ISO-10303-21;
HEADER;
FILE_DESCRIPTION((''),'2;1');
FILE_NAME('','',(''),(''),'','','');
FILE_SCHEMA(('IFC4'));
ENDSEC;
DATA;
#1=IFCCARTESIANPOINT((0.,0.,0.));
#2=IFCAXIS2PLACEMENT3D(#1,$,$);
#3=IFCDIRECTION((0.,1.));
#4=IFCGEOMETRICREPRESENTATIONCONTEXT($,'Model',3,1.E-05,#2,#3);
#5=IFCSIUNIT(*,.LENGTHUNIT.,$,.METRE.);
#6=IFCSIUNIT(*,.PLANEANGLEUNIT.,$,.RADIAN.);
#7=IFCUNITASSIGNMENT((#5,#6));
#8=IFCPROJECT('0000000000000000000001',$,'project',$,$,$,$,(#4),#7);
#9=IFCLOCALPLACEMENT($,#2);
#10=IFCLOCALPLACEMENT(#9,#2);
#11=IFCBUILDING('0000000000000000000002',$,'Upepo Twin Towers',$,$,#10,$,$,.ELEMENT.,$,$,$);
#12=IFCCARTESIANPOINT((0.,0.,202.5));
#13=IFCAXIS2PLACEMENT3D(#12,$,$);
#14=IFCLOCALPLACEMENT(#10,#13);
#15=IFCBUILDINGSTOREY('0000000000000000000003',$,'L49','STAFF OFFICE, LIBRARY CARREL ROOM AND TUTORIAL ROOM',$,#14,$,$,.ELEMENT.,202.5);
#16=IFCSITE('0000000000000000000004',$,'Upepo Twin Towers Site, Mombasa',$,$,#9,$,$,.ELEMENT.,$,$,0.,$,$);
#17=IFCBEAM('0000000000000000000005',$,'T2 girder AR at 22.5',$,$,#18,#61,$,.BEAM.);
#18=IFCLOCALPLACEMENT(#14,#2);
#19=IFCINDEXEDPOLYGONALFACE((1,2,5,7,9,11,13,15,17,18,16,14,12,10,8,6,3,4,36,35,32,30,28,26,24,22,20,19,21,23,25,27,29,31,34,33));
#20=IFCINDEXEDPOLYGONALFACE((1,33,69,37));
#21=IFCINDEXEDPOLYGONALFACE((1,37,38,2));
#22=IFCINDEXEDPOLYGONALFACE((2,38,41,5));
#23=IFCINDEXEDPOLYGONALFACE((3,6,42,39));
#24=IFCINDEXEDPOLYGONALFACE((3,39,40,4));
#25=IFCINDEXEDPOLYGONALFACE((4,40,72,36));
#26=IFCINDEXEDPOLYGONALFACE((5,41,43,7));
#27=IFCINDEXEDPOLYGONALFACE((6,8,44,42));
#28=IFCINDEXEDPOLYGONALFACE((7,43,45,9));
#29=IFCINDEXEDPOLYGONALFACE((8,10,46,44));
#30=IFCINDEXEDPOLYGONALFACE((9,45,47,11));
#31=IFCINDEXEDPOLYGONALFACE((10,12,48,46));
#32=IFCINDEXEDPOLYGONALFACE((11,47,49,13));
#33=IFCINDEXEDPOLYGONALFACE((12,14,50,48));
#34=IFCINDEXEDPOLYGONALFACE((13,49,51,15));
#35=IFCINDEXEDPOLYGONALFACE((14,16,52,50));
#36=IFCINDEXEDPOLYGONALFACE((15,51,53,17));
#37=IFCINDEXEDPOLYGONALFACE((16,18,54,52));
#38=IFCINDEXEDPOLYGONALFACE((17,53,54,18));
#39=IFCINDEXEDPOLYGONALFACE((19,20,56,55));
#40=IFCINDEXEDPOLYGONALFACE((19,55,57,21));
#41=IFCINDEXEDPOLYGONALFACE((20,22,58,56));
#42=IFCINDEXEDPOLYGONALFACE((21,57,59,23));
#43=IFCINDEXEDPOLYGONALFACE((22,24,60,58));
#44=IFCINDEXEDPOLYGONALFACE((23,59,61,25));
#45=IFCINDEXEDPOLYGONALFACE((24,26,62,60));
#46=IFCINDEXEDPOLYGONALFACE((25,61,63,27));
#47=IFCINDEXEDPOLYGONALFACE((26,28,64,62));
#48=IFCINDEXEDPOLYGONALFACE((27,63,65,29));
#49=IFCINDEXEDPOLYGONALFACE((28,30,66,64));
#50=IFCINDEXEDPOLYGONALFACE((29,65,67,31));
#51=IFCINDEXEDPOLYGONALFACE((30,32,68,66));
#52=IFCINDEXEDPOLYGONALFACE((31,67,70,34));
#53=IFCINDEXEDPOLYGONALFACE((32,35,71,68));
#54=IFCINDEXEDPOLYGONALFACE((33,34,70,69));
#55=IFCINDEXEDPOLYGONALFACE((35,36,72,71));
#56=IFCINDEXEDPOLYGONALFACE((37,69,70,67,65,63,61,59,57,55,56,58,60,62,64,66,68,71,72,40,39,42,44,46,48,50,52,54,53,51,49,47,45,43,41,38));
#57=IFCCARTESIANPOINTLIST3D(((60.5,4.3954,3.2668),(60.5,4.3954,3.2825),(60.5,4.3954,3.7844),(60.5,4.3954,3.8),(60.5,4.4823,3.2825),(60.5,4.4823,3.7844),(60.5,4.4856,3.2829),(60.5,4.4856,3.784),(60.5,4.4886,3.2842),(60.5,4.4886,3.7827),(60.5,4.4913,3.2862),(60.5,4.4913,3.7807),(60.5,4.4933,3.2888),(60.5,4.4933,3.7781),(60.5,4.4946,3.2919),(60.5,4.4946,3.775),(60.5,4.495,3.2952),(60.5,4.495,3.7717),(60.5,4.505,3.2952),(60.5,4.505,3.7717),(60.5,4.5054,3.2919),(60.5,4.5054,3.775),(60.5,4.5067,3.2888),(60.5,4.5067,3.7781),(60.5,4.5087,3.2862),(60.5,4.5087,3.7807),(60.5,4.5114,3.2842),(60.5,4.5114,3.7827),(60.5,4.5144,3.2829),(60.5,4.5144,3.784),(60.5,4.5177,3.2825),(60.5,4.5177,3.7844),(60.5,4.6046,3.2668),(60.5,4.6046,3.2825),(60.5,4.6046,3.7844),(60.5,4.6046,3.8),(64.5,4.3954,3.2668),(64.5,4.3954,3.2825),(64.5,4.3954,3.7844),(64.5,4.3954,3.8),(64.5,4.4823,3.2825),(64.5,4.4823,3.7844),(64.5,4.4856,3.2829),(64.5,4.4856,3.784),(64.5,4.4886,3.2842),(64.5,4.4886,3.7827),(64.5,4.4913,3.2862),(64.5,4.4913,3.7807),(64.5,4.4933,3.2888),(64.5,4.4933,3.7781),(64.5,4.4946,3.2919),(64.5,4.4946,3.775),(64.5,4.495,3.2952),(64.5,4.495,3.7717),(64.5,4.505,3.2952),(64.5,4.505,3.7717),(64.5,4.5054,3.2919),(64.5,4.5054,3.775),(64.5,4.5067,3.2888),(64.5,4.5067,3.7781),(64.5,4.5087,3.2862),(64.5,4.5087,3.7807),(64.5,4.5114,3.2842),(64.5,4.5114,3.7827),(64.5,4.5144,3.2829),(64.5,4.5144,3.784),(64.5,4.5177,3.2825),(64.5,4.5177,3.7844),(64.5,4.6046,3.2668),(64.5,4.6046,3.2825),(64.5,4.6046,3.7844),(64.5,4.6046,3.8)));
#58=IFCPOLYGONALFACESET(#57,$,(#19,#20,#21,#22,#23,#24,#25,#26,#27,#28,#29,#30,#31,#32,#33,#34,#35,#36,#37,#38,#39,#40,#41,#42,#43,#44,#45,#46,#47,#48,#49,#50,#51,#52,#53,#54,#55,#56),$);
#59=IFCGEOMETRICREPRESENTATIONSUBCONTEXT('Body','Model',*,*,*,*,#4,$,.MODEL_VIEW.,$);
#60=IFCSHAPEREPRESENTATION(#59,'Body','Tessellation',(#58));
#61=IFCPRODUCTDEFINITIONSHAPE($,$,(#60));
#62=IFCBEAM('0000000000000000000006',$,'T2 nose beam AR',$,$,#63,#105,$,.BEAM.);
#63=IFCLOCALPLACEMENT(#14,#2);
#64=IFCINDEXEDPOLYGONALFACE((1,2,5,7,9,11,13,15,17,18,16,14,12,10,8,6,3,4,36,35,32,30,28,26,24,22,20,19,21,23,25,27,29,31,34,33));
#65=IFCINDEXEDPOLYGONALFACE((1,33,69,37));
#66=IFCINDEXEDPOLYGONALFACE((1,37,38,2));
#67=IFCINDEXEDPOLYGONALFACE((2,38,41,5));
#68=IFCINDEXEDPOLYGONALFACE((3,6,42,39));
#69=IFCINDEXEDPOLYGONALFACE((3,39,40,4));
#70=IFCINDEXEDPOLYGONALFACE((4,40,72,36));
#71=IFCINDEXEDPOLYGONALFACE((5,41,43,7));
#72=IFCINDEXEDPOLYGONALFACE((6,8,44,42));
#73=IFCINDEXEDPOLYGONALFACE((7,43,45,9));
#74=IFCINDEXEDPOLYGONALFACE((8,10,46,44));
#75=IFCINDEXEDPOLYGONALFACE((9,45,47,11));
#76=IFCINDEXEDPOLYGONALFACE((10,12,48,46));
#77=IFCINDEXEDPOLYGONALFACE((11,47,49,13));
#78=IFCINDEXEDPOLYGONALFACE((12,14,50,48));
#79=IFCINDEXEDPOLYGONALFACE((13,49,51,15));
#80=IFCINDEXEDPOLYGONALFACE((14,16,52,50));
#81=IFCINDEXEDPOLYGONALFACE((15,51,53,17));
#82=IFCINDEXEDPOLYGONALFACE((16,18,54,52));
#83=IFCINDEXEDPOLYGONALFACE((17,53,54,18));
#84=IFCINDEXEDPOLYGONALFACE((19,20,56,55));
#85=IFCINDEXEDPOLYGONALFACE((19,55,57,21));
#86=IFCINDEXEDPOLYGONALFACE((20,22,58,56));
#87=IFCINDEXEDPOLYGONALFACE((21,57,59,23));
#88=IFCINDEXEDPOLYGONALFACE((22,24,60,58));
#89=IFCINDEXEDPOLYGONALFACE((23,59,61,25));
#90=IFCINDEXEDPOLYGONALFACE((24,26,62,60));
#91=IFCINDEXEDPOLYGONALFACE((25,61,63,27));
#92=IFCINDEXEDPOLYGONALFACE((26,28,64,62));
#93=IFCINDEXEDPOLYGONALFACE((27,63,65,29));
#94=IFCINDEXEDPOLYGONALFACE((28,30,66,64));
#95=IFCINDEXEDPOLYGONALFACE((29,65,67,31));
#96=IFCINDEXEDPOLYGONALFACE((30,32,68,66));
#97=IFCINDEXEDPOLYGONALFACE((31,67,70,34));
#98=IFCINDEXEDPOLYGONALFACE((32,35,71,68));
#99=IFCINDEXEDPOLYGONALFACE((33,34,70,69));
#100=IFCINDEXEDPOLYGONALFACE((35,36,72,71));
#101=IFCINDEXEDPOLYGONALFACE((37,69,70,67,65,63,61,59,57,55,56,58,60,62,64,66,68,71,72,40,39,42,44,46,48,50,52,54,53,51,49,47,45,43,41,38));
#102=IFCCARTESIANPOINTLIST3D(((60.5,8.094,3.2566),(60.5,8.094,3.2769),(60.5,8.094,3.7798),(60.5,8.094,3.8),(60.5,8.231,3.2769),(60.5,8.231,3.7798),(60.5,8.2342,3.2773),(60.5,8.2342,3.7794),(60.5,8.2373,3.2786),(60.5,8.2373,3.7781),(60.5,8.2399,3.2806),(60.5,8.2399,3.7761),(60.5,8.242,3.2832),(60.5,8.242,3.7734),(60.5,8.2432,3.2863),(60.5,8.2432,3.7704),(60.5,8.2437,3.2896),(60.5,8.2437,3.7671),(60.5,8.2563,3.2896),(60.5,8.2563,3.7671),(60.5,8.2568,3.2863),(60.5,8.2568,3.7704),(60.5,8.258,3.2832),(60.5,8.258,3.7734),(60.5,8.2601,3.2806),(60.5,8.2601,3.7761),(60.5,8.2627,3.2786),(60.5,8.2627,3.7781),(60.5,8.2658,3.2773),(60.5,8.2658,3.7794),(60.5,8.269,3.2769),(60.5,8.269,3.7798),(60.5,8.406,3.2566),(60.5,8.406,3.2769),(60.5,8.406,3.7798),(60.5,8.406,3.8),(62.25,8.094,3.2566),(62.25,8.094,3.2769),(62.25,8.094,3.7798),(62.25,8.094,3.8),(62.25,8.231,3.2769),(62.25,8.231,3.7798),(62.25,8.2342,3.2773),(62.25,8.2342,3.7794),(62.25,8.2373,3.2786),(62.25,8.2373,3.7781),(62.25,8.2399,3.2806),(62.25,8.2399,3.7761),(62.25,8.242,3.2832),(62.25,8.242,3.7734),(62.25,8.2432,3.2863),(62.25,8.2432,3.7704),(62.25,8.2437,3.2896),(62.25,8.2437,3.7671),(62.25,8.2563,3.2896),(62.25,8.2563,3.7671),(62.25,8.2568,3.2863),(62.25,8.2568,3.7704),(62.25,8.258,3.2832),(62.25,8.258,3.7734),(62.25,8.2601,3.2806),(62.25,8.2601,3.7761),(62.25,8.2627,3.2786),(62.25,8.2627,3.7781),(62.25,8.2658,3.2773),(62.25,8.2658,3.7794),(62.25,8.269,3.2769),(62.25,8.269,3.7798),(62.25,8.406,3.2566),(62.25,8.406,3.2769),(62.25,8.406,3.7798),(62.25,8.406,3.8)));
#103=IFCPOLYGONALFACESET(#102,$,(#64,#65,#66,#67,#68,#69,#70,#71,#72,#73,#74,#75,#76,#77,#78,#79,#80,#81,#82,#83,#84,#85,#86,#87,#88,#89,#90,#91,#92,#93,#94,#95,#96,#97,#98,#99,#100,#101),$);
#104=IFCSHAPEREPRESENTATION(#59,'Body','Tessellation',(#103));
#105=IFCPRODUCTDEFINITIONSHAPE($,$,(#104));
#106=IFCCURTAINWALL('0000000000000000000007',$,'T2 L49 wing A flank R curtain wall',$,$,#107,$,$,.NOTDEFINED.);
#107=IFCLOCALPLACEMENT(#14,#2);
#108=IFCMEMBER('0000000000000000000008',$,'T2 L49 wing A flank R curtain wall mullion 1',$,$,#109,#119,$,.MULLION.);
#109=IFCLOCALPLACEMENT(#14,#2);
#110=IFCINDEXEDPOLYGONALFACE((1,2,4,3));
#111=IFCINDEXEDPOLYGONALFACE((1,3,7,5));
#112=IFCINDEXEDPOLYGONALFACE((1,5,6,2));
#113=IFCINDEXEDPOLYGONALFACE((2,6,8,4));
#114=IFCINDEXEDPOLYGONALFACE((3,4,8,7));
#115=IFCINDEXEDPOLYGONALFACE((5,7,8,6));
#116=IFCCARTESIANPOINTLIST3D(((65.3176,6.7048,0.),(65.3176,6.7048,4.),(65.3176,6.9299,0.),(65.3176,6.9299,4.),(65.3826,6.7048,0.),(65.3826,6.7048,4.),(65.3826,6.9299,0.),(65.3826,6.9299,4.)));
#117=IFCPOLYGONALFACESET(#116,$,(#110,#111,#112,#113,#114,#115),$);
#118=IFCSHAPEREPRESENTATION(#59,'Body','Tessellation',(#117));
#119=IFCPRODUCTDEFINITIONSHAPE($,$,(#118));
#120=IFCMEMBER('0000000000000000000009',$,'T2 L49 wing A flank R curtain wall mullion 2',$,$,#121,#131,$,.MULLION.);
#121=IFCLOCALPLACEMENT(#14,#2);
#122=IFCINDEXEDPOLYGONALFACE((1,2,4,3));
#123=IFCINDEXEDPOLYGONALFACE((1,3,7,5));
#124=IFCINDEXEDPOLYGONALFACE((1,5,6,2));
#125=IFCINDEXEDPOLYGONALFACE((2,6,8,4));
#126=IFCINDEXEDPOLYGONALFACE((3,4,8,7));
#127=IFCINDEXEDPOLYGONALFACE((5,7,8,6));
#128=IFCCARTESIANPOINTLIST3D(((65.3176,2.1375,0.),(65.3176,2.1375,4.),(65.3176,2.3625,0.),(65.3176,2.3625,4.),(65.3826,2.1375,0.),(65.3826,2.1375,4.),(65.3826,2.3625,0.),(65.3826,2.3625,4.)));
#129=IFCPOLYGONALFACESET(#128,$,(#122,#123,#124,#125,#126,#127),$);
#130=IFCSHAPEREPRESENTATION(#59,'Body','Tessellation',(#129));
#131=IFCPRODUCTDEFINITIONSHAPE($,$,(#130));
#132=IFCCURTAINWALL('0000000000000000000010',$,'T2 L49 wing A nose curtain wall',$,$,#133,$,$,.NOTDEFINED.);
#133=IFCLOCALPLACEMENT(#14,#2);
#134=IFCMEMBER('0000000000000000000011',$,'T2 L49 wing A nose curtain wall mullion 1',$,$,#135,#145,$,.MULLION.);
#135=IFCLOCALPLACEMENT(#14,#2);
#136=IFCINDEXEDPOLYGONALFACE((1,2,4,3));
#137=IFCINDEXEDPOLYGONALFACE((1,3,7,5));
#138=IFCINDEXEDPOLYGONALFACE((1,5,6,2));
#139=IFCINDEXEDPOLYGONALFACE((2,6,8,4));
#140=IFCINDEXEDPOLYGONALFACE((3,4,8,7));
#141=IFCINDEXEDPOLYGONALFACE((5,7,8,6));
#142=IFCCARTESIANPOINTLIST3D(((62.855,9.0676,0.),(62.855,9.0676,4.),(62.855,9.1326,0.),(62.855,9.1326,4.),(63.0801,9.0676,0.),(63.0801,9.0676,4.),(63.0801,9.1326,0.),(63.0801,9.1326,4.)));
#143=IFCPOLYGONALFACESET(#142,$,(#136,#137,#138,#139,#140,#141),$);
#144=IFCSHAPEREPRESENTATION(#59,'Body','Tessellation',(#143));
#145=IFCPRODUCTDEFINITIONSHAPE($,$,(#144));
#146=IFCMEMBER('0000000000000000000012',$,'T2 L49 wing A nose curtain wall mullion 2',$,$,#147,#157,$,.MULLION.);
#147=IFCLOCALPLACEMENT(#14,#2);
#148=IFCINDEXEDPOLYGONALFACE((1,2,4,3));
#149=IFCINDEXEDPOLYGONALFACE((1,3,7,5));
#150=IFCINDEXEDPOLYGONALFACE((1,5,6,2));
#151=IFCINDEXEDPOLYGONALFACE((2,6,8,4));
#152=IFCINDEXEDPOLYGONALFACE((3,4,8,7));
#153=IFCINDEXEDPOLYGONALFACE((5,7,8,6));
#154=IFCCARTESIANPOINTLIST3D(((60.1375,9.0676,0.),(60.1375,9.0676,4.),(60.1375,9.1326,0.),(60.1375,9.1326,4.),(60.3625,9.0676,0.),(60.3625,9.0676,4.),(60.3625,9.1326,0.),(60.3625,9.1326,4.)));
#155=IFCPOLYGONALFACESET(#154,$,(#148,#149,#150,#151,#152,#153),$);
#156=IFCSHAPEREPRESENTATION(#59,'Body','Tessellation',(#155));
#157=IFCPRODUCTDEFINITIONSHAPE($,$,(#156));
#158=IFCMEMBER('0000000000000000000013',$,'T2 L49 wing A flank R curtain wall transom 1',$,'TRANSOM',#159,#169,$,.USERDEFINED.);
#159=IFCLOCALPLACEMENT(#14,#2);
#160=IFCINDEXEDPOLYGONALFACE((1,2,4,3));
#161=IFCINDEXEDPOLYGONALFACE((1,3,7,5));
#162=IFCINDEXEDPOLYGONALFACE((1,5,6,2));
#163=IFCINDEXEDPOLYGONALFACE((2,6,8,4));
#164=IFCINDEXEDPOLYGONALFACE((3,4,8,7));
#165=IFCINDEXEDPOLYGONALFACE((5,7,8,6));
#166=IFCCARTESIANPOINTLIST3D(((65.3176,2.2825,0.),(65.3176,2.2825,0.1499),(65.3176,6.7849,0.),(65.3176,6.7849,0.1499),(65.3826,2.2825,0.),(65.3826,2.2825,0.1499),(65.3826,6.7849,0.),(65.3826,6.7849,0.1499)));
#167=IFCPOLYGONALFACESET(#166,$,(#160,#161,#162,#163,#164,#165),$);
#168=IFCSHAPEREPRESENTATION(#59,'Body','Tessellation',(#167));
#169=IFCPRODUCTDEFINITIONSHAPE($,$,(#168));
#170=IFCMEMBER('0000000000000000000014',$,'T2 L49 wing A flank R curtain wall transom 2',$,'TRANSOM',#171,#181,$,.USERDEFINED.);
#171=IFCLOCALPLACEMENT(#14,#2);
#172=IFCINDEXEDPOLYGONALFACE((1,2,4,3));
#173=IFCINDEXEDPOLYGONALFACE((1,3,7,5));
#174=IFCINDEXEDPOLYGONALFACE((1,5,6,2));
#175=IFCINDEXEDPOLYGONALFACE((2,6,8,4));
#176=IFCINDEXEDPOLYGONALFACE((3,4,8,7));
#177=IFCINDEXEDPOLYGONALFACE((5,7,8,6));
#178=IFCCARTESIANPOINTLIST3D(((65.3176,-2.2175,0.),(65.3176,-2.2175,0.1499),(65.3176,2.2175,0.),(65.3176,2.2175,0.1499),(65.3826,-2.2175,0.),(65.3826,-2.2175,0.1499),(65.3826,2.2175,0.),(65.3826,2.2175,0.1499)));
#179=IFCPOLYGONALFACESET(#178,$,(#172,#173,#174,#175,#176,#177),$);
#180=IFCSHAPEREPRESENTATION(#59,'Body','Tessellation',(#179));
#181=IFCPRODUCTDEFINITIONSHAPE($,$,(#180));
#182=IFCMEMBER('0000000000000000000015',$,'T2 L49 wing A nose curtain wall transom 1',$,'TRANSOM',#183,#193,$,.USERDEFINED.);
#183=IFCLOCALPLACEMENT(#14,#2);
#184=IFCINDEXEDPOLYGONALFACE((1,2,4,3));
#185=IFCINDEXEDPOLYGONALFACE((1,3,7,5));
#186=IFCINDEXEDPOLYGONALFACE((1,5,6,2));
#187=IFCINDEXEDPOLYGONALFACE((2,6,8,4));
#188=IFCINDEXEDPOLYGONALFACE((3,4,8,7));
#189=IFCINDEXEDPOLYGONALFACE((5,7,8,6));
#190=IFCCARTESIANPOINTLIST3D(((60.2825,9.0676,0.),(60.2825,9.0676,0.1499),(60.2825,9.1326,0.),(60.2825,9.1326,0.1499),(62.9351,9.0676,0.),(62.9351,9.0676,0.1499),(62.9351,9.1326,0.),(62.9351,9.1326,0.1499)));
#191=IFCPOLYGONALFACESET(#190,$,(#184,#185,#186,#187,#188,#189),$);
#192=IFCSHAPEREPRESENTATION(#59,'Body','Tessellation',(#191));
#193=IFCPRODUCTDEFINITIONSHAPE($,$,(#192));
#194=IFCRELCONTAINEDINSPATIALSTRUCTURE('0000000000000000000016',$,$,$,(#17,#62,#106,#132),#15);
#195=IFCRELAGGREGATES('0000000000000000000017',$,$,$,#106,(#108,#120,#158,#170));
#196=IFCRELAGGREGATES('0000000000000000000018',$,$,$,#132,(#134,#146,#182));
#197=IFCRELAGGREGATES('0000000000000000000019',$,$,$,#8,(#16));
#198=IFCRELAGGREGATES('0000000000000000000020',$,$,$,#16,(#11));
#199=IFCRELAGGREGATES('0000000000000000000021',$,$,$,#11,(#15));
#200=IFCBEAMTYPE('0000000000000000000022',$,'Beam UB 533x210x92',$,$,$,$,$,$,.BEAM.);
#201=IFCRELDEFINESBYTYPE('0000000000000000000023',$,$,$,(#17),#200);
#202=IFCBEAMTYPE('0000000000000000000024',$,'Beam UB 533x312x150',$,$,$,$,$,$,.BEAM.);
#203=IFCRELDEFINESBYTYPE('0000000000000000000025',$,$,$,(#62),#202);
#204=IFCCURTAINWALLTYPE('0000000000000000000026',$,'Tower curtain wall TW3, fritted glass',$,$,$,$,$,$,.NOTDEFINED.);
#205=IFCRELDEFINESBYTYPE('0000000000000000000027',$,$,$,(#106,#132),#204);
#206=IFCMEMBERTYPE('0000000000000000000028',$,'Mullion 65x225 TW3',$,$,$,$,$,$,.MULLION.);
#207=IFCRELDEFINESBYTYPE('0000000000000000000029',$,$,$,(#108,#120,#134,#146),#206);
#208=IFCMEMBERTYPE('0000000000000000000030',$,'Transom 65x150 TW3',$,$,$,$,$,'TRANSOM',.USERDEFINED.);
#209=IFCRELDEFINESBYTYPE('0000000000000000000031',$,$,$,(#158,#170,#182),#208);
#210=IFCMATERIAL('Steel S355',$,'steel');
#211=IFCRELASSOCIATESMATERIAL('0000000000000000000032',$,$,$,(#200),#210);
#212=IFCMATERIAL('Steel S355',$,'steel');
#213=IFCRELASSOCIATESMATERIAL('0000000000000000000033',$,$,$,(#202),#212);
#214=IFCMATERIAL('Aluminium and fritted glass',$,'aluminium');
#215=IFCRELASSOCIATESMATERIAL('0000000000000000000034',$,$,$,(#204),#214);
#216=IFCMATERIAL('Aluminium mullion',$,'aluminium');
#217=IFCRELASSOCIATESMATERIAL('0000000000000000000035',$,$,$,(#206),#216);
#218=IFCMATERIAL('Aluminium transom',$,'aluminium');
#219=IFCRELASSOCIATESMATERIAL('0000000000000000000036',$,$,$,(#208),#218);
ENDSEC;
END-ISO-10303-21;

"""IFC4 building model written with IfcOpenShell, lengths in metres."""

from ifc_helpers import new_model, si_unit, direction, frame, origin, origin_2d, place, context, subcontext, project, spatial, rectangle, i_section, extrude, material, material_profile, profile_set, type_object, element, aggregate, save


model = new_model("IFC4")

# Units and contexts
model_context = context("Model", 3, precision=1e-05, world=origin(), true_north=direction((0.0, 1.0)))
body_context = subcontext(model_context, "Body", "Model", "MODEL_VIEW")
ifc_project = project(units=[si_unit("LENGTHUNIT", "METRE"), si_unit("PLANEANGLEUNIT", "RADIAN")], contexts=[model_context])

# Site, building, storey
site_placement = place(None, origin())
site = spatial("IfcSite", under=ifc_project, at=site_placement, Name="Upepo Twin Towers Site, Mombasa", CompositionType="ELEMENT", RefElevation=0.0)
building_placement = place(site_placement, origin())
building = spatial("IfcBuilding", under=site, at=building_placement, Name="Upepo Twin Towers", CompositionType="ELEMENT")
storey_placement = place(building_placement, frame((0.0, 0.0, 202.5)))
storey = spatial("IfcBuildingStorey", under=building, at=storey_placement, Name="L49", Description="STAFF OFFICE, LIBRARY CARREL ROOM AND TUTORIAL ROOM", CompositionType="ELEMENT", Elevation=202.5)

# Beams
ifc_material_1 = material(Name="Steel S355", Category="steel")
ifc_material_profile_1 = material_profile(ifc_material_1, i_section(OverallWidth=0.2092, OverallDepth=0.5332, WebThickness=0.01, FlangeThickness=0.0156, FilletRadius=0.0127, at=origin_2d()), Name="UB 533x210x92")
ifc_profile_set_1 = profile_set([ifc_material_profile_1], Name="Steel S355")
beam_type_1 = type_object("IfcBeamType", Name="Beam UB 533x210x92", PredefinedType="BEAM", material=ifc_profile_set_1)
for number, where, z_axis, x_axis, name in (
    (1, (64.5, 4.5, 3.5334), (-1.0, 0.0, 0.0), (0.0, -1.0, 0.0), "T2 girder AR at 22.5"),
):
    element("IfcBeam", number, at=place(storey_placement, frame(where, z_axis=z_axis, x_axis=x_axis)), inside=storey, type_object=beam_type_1, Name=name, PredefinedType="BEAM", context=body_context, shape_type="SweptSolid", body=[
        extrude(i_section(OverallWidth=0.2092, OverallDepth=0.5332, WebThickness=0.01, FlangeThickness=0.0156, FilletRadius=0.0127, at=origin_2d()), origin(), (0.0, 0.0, 1.0), 4.0),
    ])
ifc_material_2 = material(Name="Steel S355", Category="steel")
ifc_material_profile_2 = material_profile(ifc_material_2, i_section(OverallWidth=0.312, OverallDepth=0.5435, WebThickness=0.0127, FlangeThickness=0.0203, FilletRadius=0.0127, at=origin_2d()), Name="UB 533x312x150")
ifc_profile_set_2 = profile_set([ifc_material_profile_2], Name="Steel S355")
beam_type_2 = type_object("IfcBeamType", Name="Beam UB 533x312x150", PredefinedType="BEAM", material=ifc_profile_set_2)
beam_1_placement = place(storey_placement, frame((62.25, 8.25, 3.5283), z_axis=(-1.0, 0.0, 0.0), x_axis=(0.0, -1.0, 0.0)))
element("IfcBeam", 2, at=beam_1_placement, inside=storey, type_object=beam_type_2, Name="T2 nose beam AR", PredefinedType="BEAM", context=body_context, shape_type="SweptSolid", body=[
    extrude(i_section(OverallWidth=0.312, OverallDepth=0.5435, WebThickness=0.0127, FlangeThickness=0.0203, FilletRadius=0.0127, at=origin_2d()), origin(), (0.0, 0.0, 1.0), 1.75),
])

# Curtain walls, members
ifc_material_3 = material(Name="Aluminium and fritted glass", Category="aluminium")
curtain_wall_type = type_object("IfcCurtainWallType", Name="Tower curtain wall TW3, fritted glass", PredefinedType="NOTDEFINED", material=ifc_material_3)
curtain_wall_1_placement = place(storey_placement, origin())
curtain_wall_1 = element("IfcCurtainWall", 3, at=curtain_wall_1_placement, inside=storey, type_object=curtain_wall_type, Name="T2 L49 wing A flank R curtain wall", PredefinedType="NOTDEFINED")
ifc_material_4 = material(Name="Aluminium mullion", Category="aluminium")
ifc_material_profile_3 = material_profile(ifc_material_4, rectangle(XDim=0.0649, YDim=0.2251, at=origin_2d()), Name="MULLION 65x225")
ifc_profile_set_3 = profile_set([ifc_material_profile_3], Name="Aluminium mullion")
member_type_1 = type_object("IfcMemberType", Name="Mullion 65x225 TW3", PredefinedType="MULLION", material=ifc_profile_set_3)
member_1_placement = place(storey_placement, frame((65.3501, 6.8174, 0.0), z_axis=(0.0, 0.0, 1.0), x_axis=(1.0, 0.0, 0.0)))
member_1 = element("IfcMember", 4, at=member_1_placement, type_object=member_type_1, Name="T2 L49 wing A flank R curtain wall mullion 1", PredefinedType="MULLION", context=body_context, shape_type="SweptSolid", body=[
    extrude(rectangle(XDim=0.0649, YDim=0.2251, at=origin_2d()), origin(), (0.0, 0.0, 1.0), 4.0),
])
member_2_placement = place(storey_placement, frame((65.3501, 2.25, 0.0), z_axis=(0.0, 0.0, 1.0), x_axis=(1.0, 0.0, 0.0)))
member_2 = element("IfcMember", 5, at=member_2_placement, type_object=member_type_1, Name="T2 L49 wing A flank R curtain wall mullion 2", PredefinedType="MULLION", context=body_context, shape_type="SweptSolid", body=[
    extrude(rectangle(XDim=0.0649, YDim=0.2251, at=origin_2d()), origin(), (0.0, 0.0, 1.0), 4.0),
])
curtain_wall_2_placement = place(storey_placement, origin())
curtain_wall_2 = element("IfcCurtainWall", 6, at=curtain_wall_2_placement, inside=storey, type_object=curtain_wall_type, Name="T2 L49 wing A nose curtain wall", PredefinedType="NOTDEFINED")
member_3_placement = place(storey_placement, frame((62.9675, 9.1001, 0.0), z_axis=(0.0, 0.0, 1.0), x_axis=(0.0, -1.0, 0.0)))
member_3 = element("IfcMember", 7, at=member_3_placement, type_object=member_type_1, Name="T2 L49 wing A nose curtain wall mullion 1", PredefinedType="MULLION", context=body_context, shape_type="SweptSolid", body=[
    extrude(rectangle(XDim=0.0649, YDim=0.2251, at=origin_2d()), origin(), (0.0, 0.0, 1.0), 4.0),
])
member_4_placement = place(storey_placement, frame((60.25, 9.1001, 0.0), z_axis=(0.0, 0.0, 1.0), x_axis=(0.0, -1.0, 0.0)))
member_4 = element("IfcMember", 8, at=member_4_placement, type_object=member_type_1, Name="T2 L49 wing A nose curtain wall mullion 2", PredefinedType="MULLION", context=body_context, shape_type="SweptSolid", body=[
    extrude(rectangle(XDim=0.0649, YDim=0.2251, at=origin_2d()), origin(), (0.0, 0.0, 1.0), 4.0),
])

# Members
ifc_material_5 = material(Name="Aluminium transom", Category="aluminium")
ifc_material_profile_4 = material_profile(ifc_material_5, rectangle(XDim=0.0649, YDim=0.1499, at=origin_2d()), Name="TRANSOM 65x150")
ifc_profile_set_4 = profile_set([ifc_material_profile_4], Name="Aluminium transom")
member_type_2 = type_object("IfcMemberType", Name="Transom 65x150 TW3", ElementType="TRANSOM", PredefinedType="USERDEFINED", material=ifc_profile_set_4)
member_5_placement = place(storey_placement, frame((65.3501, 6.7849, 0.075), z_axis=(0.0, -1.0, 0.0), x_axis=(1.0, 0.0, 0.0)))
member_5 = element("IfcMember", 9, at=member_5_placement, type_object=member_type_2, Name="T2 L49 wing A flank R curtain wall transom 1", ObjectType="TRANSOM", PredefinedType="USERDEFINED", context=body_context, shape_type="SweptSolid", body=[
    extrude(rectangle(XDim=0.0649, YDim=0.1499, at=origin_2d()), origin(), (0.0, 0.0, 1.0), 4.5024),
])
member_6_placement = place(storey_placement, frame((65.3501, 2.2175, 0.075), z_axis=(0.0, -1.0, 0.0), x_axis=(1.0, 0.0, 0.0)))
member_6 = element("IfcMember", 10, at=member_6_placement, type_object=member_type_2, Name="T2 L49 wing A flank R curtain wall transom 2", ObjectType="TRANSOM", PredefinedType="USERDEFINED", context=body_context, shape_type="SweptSolid", body=[
    extrude(rectangle(XDim=0.0649, YDim=0.1499, at=origin_2d()), origin(), (0.0, 0.0, 1.0), 4.4351),
])
member_7_placement = place(storey_placement, frame((62.9351, 9.1001, 0.075), z_axis=(-1.0, 0.0, 0.0), x_axis=(0.0, -1.0, 0.0)))
member_7 = element("IfcMember", 11, at=member_7_placement, type_object=member_type_2, Name="T2 L49 wing A nose curtain wall transom 1", ObjectType="TRANSOM", PredefinedType="USERDEFINED", context=body_context, shape_type="SweptSolid", body=[
    extrude(rectangle(XDim=0.0649, YDim=0.1499, at=origin_2d()), origin(), (0.0, 0.0, 1.0), 2.6526),
])

aggregate(curtain_wall_1, [member_1, member_2, member_5, member_6])
aggregate(curtain_wall_2, [member_3, member_4, member_7])

save(model, "model.ifc")
